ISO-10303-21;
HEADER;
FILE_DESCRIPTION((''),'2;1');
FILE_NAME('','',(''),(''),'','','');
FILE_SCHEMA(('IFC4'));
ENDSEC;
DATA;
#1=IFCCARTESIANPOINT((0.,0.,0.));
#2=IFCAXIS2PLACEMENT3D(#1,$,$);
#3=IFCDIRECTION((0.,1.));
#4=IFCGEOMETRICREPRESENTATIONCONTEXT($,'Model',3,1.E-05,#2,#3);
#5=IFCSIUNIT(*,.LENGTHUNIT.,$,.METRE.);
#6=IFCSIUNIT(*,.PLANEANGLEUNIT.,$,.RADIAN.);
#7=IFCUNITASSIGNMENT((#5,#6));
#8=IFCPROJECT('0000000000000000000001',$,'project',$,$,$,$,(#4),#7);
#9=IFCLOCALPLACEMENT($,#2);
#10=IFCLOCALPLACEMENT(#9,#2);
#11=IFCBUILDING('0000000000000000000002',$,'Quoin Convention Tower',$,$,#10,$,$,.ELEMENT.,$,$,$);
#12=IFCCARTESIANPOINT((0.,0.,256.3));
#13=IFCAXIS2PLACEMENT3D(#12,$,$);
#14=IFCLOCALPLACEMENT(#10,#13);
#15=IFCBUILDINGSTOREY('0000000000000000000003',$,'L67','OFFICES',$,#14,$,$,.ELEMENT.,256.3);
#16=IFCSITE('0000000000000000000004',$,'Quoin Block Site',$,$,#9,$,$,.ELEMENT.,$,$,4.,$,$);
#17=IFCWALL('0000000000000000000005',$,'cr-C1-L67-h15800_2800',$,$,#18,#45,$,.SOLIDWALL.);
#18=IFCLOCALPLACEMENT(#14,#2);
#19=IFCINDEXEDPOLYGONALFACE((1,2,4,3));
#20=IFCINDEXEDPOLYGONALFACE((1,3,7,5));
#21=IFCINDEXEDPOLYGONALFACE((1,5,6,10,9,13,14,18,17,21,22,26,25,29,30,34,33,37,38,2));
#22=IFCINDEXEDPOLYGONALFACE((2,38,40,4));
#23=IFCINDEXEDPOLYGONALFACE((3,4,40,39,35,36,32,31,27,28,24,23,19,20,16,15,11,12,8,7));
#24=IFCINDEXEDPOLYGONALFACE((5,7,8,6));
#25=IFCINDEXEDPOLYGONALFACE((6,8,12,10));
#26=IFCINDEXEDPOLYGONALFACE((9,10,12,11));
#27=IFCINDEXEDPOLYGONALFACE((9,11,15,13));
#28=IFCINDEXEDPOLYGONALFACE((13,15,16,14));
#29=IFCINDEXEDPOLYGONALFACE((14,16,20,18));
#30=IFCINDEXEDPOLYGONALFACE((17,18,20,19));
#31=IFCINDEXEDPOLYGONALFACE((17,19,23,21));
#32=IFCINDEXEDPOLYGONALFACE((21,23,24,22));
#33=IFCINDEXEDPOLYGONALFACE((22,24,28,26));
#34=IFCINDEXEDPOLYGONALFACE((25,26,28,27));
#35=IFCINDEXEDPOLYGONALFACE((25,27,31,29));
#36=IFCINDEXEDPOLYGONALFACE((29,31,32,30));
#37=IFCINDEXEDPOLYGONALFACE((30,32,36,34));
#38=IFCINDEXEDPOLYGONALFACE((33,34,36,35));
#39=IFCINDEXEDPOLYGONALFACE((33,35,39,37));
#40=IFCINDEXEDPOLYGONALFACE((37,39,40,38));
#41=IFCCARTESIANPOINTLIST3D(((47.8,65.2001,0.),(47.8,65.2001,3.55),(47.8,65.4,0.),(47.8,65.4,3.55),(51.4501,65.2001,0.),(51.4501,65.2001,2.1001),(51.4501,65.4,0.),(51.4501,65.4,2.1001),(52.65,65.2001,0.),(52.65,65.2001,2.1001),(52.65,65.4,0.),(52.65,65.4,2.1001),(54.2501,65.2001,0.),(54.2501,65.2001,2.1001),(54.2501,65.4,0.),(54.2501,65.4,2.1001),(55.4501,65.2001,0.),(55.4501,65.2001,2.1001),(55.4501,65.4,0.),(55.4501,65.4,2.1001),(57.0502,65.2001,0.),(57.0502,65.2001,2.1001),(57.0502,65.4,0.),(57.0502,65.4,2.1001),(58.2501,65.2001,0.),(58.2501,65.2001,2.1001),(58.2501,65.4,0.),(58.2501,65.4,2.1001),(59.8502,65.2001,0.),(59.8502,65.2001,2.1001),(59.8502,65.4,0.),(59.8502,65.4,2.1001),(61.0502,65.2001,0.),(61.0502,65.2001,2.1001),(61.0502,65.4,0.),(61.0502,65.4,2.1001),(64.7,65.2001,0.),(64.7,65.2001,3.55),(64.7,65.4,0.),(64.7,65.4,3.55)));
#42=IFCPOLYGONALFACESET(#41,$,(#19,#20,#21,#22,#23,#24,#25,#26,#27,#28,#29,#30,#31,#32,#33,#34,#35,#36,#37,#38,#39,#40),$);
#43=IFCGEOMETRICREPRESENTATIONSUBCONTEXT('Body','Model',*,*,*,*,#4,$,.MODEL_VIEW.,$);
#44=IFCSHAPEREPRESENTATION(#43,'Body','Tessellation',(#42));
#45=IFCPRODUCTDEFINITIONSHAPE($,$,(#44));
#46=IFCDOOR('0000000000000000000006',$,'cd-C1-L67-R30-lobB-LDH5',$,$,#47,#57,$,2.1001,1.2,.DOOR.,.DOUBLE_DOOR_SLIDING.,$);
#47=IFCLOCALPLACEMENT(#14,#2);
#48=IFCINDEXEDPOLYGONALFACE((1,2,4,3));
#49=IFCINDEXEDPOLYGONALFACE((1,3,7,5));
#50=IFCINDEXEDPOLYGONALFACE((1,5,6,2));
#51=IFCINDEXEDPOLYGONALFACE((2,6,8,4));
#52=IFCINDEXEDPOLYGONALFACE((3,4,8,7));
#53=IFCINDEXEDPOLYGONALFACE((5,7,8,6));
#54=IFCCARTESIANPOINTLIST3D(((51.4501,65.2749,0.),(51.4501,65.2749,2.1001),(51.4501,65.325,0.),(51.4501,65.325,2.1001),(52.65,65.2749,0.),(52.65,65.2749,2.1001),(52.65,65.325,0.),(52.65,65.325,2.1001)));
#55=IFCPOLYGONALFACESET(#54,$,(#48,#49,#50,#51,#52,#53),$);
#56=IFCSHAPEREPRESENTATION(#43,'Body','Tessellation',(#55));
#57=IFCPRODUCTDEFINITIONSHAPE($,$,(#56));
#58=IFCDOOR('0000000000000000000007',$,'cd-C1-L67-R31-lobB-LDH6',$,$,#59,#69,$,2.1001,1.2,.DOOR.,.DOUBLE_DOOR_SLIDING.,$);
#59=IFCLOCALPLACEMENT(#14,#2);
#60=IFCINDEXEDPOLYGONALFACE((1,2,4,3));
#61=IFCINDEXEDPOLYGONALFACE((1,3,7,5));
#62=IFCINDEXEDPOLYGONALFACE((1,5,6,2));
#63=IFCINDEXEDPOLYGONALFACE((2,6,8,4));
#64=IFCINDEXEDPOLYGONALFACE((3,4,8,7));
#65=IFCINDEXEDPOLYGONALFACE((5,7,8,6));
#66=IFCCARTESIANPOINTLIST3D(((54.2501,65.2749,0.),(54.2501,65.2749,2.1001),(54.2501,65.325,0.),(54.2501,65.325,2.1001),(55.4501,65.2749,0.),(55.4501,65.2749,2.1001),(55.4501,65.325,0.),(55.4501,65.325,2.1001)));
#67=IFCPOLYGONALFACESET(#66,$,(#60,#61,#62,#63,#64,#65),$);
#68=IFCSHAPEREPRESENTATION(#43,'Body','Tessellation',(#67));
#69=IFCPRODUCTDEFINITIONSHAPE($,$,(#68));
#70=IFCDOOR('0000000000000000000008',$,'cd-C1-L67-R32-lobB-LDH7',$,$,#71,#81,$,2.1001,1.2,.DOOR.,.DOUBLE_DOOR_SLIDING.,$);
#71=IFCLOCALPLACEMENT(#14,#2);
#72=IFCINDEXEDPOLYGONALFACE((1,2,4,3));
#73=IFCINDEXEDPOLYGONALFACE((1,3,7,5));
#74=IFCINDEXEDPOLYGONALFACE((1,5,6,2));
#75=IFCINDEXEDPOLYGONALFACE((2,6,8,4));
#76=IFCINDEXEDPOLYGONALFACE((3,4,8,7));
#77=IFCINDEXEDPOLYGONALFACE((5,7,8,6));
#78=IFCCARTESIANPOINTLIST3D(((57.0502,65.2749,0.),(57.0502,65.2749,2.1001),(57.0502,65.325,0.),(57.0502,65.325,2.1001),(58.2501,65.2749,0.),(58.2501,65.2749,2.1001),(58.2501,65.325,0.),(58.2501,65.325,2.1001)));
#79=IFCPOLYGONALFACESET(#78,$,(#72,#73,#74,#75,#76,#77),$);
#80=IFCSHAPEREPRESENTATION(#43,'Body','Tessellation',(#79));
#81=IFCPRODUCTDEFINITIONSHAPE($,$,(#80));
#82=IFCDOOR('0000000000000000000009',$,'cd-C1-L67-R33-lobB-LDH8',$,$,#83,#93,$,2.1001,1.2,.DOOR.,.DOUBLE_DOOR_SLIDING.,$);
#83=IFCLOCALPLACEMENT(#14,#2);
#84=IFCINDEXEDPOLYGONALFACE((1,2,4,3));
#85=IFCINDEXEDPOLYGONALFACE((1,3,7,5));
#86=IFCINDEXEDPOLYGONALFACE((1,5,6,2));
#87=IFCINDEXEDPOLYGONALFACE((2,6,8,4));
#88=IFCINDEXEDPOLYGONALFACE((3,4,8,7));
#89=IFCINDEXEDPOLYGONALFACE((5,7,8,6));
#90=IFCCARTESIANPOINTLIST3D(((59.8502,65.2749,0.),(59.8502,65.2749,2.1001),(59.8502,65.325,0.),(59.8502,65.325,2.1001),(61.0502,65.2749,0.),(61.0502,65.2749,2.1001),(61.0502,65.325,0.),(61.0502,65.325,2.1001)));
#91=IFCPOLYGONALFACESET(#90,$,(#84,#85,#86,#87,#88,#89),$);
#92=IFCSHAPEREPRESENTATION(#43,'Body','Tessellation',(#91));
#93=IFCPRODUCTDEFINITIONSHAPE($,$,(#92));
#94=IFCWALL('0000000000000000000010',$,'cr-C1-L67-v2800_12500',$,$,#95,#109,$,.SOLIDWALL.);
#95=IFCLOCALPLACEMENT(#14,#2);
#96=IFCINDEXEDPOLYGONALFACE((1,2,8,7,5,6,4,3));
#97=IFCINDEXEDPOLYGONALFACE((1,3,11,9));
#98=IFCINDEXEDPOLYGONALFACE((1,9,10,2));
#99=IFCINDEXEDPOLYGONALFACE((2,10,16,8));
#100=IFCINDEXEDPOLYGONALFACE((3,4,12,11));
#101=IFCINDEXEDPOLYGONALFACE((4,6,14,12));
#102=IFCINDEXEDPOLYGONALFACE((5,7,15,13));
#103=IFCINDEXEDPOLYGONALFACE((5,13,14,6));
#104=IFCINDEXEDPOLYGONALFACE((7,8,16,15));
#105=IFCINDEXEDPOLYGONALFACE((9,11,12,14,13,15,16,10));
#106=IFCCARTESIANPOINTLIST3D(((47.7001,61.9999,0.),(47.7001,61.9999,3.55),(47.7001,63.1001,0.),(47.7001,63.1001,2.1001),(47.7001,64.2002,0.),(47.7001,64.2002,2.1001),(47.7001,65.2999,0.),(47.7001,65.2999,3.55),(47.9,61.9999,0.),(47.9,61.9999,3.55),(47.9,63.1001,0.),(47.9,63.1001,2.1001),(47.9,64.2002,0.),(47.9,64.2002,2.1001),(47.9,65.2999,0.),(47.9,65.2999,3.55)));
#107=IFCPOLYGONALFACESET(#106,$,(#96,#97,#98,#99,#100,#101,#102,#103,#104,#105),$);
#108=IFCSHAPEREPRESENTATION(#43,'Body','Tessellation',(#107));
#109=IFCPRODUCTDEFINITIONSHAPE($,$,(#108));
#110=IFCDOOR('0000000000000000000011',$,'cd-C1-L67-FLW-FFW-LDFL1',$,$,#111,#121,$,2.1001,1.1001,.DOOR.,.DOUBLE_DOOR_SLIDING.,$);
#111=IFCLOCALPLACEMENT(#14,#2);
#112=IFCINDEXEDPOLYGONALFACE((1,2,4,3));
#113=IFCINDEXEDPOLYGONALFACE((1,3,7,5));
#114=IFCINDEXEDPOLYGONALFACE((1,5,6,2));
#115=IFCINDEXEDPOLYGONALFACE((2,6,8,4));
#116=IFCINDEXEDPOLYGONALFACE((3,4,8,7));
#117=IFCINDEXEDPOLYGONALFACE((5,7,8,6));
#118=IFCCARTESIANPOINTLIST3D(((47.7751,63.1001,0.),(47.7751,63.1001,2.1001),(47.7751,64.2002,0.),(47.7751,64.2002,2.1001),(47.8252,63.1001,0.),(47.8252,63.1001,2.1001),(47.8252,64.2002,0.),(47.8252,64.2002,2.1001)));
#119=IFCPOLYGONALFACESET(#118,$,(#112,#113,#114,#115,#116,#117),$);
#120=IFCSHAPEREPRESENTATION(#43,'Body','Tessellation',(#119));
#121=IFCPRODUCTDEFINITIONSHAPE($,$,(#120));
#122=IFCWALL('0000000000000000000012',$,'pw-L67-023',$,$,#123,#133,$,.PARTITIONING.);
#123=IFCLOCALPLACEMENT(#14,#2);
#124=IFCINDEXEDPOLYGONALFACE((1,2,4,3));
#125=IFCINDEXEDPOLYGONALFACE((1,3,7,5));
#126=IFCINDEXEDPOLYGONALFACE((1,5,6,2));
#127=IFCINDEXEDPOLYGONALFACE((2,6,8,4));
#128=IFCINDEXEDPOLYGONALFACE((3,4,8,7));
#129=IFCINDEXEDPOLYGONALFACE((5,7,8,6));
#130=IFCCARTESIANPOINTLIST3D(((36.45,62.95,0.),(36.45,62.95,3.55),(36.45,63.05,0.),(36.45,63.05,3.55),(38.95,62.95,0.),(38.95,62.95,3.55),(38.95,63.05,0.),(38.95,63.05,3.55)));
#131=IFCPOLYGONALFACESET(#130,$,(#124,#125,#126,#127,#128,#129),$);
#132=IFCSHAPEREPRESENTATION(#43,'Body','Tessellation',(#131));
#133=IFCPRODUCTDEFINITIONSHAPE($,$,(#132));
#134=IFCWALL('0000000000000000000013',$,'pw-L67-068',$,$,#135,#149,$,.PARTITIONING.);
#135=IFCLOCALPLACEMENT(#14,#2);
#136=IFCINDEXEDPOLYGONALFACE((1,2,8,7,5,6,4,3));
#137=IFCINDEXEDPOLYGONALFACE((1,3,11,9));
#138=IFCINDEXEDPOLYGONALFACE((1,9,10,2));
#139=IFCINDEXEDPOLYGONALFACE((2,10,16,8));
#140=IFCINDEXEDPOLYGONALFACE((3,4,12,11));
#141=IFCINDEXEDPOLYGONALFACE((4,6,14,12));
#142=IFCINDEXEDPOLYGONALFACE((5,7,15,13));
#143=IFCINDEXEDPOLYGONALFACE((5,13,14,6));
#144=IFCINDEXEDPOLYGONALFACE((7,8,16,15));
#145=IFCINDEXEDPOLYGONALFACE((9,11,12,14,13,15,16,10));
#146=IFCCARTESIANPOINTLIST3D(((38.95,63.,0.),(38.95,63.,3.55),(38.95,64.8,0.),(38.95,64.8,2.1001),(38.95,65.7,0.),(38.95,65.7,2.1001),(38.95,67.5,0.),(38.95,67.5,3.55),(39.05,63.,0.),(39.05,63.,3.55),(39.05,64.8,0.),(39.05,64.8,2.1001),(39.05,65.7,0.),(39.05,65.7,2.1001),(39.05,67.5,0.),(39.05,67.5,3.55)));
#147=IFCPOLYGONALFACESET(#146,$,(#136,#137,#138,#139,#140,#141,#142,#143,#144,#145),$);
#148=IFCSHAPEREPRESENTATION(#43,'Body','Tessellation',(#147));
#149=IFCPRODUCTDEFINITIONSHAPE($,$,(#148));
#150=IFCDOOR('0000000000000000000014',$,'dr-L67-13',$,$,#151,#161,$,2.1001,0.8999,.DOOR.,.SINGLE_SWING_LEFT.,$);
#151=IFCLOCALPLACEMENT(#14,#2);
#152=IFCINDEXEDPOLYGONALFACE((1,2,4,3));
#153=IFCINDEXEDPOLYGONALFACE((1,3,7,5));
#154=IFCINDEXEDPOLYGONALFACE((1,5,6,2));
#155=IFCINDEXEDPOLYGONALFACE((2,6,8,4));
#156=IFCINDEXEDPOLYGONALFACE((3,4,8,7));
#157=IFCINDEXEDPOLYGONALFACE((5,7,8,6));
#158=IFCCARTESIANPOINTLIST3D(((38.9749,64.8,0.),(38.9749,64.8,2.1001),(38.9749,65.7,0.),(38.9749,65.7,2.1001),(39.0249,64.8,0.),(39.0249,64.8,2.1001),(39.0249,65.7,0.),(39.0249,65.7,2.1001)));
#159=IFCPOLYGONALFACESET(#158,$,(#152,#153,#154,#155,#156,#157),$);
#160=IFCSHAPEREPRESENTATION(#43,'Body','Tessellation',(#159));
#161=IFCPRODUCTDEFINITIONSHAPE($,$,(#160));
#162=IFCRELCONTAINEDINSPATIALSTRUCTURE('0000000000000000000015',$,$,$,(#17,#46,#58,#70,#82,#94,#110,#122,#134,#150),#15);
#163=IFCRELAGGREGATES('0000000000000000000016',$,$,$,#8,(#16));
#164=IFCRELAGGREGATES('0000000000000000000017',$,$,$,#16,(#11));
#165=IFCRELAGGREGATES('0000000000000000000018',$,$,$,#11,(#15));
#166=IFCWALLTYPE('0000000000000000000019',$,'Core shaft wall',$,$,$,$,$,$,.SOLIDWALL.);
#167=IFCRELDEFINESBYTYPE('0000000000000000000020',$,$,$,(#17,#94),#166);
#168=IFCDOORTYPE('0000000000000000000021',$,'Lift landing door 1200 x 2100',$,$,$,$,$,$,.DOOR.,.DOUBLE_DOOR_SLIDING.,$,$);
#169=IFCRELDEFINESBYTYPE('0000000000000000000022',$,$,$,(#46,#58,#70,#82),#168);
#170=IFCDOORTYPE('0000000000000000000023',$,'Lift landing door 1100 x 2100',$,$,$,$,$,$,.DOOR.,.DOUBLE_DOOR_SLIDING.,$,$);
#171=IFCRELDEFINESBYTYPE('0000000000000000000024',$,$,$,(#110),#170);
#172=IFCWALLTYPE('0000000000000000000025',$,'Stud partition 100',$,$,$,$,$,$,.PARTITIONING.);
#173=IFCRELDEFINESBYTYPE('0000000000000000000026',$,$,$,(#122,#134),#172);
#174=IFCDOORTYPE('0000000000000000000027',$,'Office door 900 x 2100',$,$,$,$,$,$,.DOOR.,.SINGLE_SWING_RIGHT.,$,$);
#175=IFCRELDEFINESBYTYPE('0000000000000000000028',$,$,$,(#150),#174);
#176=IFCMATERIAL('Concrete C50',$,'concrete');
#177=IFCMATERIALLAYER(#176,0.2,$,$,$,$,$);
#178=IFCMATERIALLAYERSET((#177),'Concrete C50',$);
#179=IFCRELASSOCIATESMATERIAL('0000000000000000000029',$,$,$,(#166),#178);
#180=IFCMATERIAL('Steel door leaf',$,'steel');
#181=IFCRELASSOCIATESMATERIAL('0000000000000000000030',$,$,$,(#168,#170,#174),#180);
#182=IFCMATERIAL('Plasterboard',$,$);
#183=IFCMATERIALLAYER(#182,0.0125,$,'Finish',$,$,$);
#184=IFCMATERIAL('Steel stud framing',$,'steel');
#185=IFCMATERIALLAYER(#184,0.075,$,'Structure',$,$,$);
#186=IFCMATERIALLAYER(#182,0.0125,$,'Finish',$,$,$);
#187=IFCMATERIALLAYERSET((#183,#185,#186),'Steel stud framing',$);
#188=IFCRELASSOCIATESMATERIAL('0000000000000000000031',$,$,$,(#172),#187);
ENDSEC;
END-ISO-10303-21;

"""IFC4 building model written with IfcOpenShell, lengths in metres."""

from ifc_helpers import new_model, si_unit, direction, frame, frame_2d, origin, place, context, subcontext, project, spatial, rectangle, extrude, material, layer, layer_set, type_object, element, fill, save


model = new_model("IFC4")

# Units and contexts
model_context = context("Model", 3, precision=1e-05, world=origin(), true_north=direction((0.0, 1.0)))
body_context = subcontext(model_context, "Body", "Model", "MODEL_VIEW")
ifc_project = project(units=[si_unit("LENGTHUNIT", "METRE"), si_unit("PLANEANGLEUNIT", "RADIAN")], contexts=[model_context])

# Site, building, storey
site_placement = place(None, origin())
site = spatial("IfcSite", under=ifc_project, at=site_placement, Name="Quoin Block Site", CompositionType="ELEMENT", RefElevation=4.0)
building_placement = place(site_placement, origin())
building = spatial("IfcBuilding", under=site, at=building_placement, Name="Quoin Convention Tower", CompositionType="ELEMENT")
storey_placement = place(building_placement, frame((0.0, 0.0, 256.3)))
storey = spatial("IfcBuildingStorey", under=building, at=storey_placement, Name="L67", Description="OFFICES", CompositionType="ELEMENT", Elevation=256.3)

# Shared definitions
ifc_material_1 = material(Name="Plasterboard")
ifc_material_2 = material(Name="Steel stud framing", Category="steel")
ifc_material_3 = material(Name="Steel door leaf", Category="steel")

# Shared definitions
ifc_material_4 = material(Name="Concrete C50", Category="concrete")
ifc_layer_1 = layer(ifc_material_4, 0.2)
ifc_layer_set_1 = layer_set([ifc_layer_1], Name="Concrete C50")
wall_type_1 = type_object("IfcWallType", Name="Core shaft wall", PredefinedType="SOLIDWALL", material=ifc_layer_set_1)

# Wall, openings, doors
wall_1_placement = place(storey_placement, frame((47.8, 65.3, 0.0), z_axis=(0.0, 0.0, 1.0), x_axis=(1.0, 0.0, 0.0)))
wall_1 = element("IfcWall", 1, at=wall_1_placement, inside=storey, type_object=wall_type_1, Name="cr-C1-L67-h15800_2800", PredefinedType="SOLIDWALL", context=body_context, shape_type="SweptSolid", body=[
    extrude(rectangle(XDim=16.8999, YDim=0.2, at=frame_2d((8.45, 0.0))), origin(), (0.0, 0.0, 1.0), 3.55),
])
opening_1_placement = place(wall_1_placement, frame((3.6499, 0.0, 0.0)))
opening_1 = element("IfcOpeningElement", 2, at=opening_1_placement, cuts=wall_1, PredefinedType="OPENING", context=body_context, shape_type="SweptSolid", body=[
    extrude(rectangle(XDim=1.2, YDim=2.1001, at=frame_2d((0.6001, 1.05))), frame((0.0, 0.1099, 0.0), z_axis=(0.0, -1.0, 0.0), x_axis=(1.0, 0.0, 0.0)), (0.0, 0.0, 1.0), 0.22),
])
opening_2_placement = place(wall_1_placement, frame((6.45, 0.0, 0.0)))
opening_2 = element("IfcOpeningElement", 3, at=opening_2_placement, cuts=wall_1, PredefinedType="OPENING", context=body_context, shape_type="SweptSolid", body=[
    extrude(rectangle(XDim=1.2, YDim=2.1001, at=frame_2d((0.6001, 1.05))), frame((0.0, 0.1099, 0.0), z_axis=(0.0, -1.0, 0.0), x_axis=(1.0, 0.0, 0.0)), (0.0, 0.0, 1.0), 0.22),
])
opening_3_placement = place(wall_1_placement, frame((9.25, 0.0, 0.0)))
opening_3 = element("IfcOpeningElement", 4, at=opening_3_placement, cuts=wall_1, PredefinedType="OPENING", context=body_context, shape_type="SweptSolid", body=[
    extrude(rectangle(XDim=1.2, YDim=2.1001, at=frame_2d((0.6001, 1.05))), frame((0.0, 0.1099, 0.0), z_axis=(0.0, -1.0, 0.0), x_axis=(1.0, 0.0, 0.0)), (0.0, 0.0, 1.0), 0.22),
])
opening_4_placement = place(wall_1_placement, frame((12.05, 0.0, 0.0)))
opening_4 = element("IfcOpeningElement", 5, at=opening_4_placement, cuts=wall_1, PredefinedType="OPENING", context=body_context, shape_type="SweptSolid", body=[
    extrude(rectangle(XDim=1.2, YDim=2.1001, at=frame_2d((0.6001, 1.05))), frame((0.0, 0.1099, 0.0), z_axis=(0.0, -1.0, 0.0), x_axis=(1.0, 0.0, 0.0)), (0.0, 0.0, 1.0), 0.22),
])
door_type_1 = type_object("IfcDoorType", Name="Lift landing door 1200 x 2100", OperationType="DOUBLE_DOOR_SLIDING", PredefinedType="DOOR", material=ifc_material_3)
door_1_placement = place(opening_1_placement, origin())
door_1 = element("IfcDoor", 6, at=door_1_placement, inside=storey, type_object=door_type_1, Name="cd-C1-L67-R30-lobB-LDH5", OperationType="DOUBLE_DOOR_SLIDING", OverallHeight=2.1001, OverallWidth=1.2, PredefinedType="DOOR", context=body_context, shape_type="SweptSolid", body=[
    extrude(rectangle(XDim=1.2, YDim=2.1001, at=frame_2d((0.6001, 1.05))), frame((0.0, 0.0249, 0.0), z_axis=(0.0, -1.0, 0.0), x_axis=(1.0, 0.0, 0.0)), (0.0, 0.0, 1.0), 0.05),
])
fill(opening_1, door_1)
door_2_placement = place(opening_2_placement, origin())
door_2 = element("IfcDoor", 7, at=door_2_placement, inside=storey, type_object=door_type_1, Name="cd-C1-L67-R31-lobB-LDH6", OperationType="DOUBLE_DOOR_SLIDING", OverallHeight=2.1001, OverallWidth=1.2, PredefinedType="DOOR", context=body_context, shape_type="SweptSolid", body=[
    extrude(rectangle(XDim=1.2, YDim=2.1001, at=frame_2d((0.6001, 1.05))), frame((0.0, 0.0249, 0.0), z_axis=(0.0, -1.0, 0.0), x_axis=(1.0, 0.0, 0.0)), (0.0, 0.0, 1.0), 0.05),
])
fill(opening_2, door_2)
door_3_placement = place(opening_3_placement, origin())
door_3 = element("IfcDoor", 8, at=door_3_placement, inside=storey, type_object=door_type_1, Name="cd-C1-L67-R32-lobB-LDH7", OperationType="DOUBLE_DOOR_SLIDING", OverallHeight=2.1001, OverallWidth=1.2, PredefinedType="DOOR", context=body_context, shape_type="SweptSolid", body=[
    extrude(rectangle(XDim=1.2, YDim=2.1001, at=frame_2d((0.6001, 1.05))), frame((0.0, 0.0249, 0.0), z_axis=(0.0, -1.0, 0.0), x_axis=(1.0, 0.0, 0.0)), (0.0, 0.0, 1.0), 0.05),
])
fill(opening_3, door_3)
door_4_placement = place(opening_4_placement, origin())
door_4 = element("IfcDoor", 9, at=door_4_placement, inside=storey, type_object=door_type_1, Name="cd-C1-L67-R33-lobB-LDH8", OperationType="DOUBLE_DOOR_SLIDING", OverallHeight=2.1001, OverallWidth=1.2, PredefinedType="DOOR", context=body_context, shape_type="SweptSolid", body=[
    extrude(rectangle(XDim=1.2, YDim=2.1001, at=frame_2d((0.6001, 1.05))), frame((0.0, 0.0249, 0.0), z_axis=(0.0, -1.0, 0.0), x_axis=(1.0, 0.0, 0.0)), (0.0, 0.0, 1.0), 0.05),
])
fill(opening_4, door_4)

# Wall, opening, door
wall_2_placement = place(storey_placement, frame((47.8, 62.0, 0.0), z_axis=(0.0, 0.0, 1.0), x_axis=(0.0, 1.0, 0.0)))
wall_2 = element("IfcWall", 10, at=wall_2_placement, inside=storey, type_object=wall_type_1, Name="cr-C1-L67-v2800_12500", PredefinedType="SOLIDWALL", context=body_context, shape_type="SweptSolid", body=[
    extrude(rectangle(XDim=3.3, YDim=0.2, at=frame_2d((1.6499, 0.0))), origin(), (0.0, 0.0, 1.0), 3.55),
])
opening_5_placement = place(wall_2_placement, frame((1.1001, 0.0, 0.0)))
opening_5 = element("IfcOpeningElement", 11, at=opening_5_placement, cuts=wall_2, PredefinedType="OPENING", context=body_context, shape_type="SweptSolid", body=[
    extrude(rectangle(XDim=1.1001, YDim=2.1001, at=frame_2d((0.55, 1.05))), frame((0.0, 0.1099, 0.0), z_axis=(0.0, -1.0, 0.0), x_axis=(1.0, 0.0, 0.0)), (0.0, 0.0, 1.0), 0.22),
])
door_type_2 = type_object("IfcDoorType", Name="Lift landing door 1100 x 2100", OperationType="DOUBLE_DOOR_SLIDING", PredefinedType="DOOR", material=ifc_material_3)
door_5_placement = place(opening_5_placement, origin())
door_5 = element("IfcDoor", 12, at=door_5_placement, inside=storey, type_object=door_type_2, Name="cd-C1-L67-FLW-FFW-LDFL1", OperationType="DOUBLE_DOOR_SLIDING", OverallHeight=2.1001, OverallWidth=1.1001, PredefinedType="DOOR", context=body_context, shape_type="SweptSolid", body=[
    extrude(rectangle(XDim=1.1001, YDim=2.1001, at=frame_2d((0.55, 1.05))), frame((0.0, 0.0249, 0.0), z_axis=(0.0, -1.0, 0.0), x_axis=(1.0, 0.0, 0.0)), (0.0, 0.0, 1.0), 0.05),
])
fill(opening_5, door_5)

# Wall
ifc_layer_2 = layer(ifc_material_1, 0.0125, Name="Finish")
ifc_layer_3 = layer(ifc_material_2, 0.075, Name="Structure")
ifc_layer_4 = layer(ifc_material_1, 0.0125, Name="Finish")
ifc_layer_set_2 = layer_set([ifc_layer_2, ifc_layer_3, ifc_layer_4], Name="Steel stud framing")
wall_type_2 = type_object("IfcWallType", Name="Stud partition 100", PredefinedType="PARTITIONING", material=ifc_layer_set_2)
wall_3_placement = place(storey_placement, frame((36.45, 63.0, 0.0), z_axis=(0.0, 0.0, 1.0), x_axis=(1.0, 0.0, 0.0)))
element("IfcWall", 13, at=wall_3_placement, inside=storey, type_object=wall_type_2, Name="pw-L67-023", PredefinedType="PARTITIONING", context=body_context, shape_type="SweptSolid", body=[
    extrude(rectangle(XDim=2.5, YDim=0.1001, at=frame_2d((1.25, 0.0))), origin(), (0.0, 0.0, 1.0), 3.55),
])

# Wall, opening, door
wall_4_placement = place(storey_placement, frame((39.0, 63.0, 0.0), z_axis=(0.0, 0.0, 1.0), x_axis=(0.0, 1.0, 0.0)))
wall_4 = element("IfcWall", 14, at=wall_4_placement, inside=storey, type_object=wall_type_2, Name="pw-L67-068", PredefinedType="PARTITIONING", context=body_context, shape_type="SweptSolid", body=[
    extrude(rectangle(XDim=4.5, YDim=0.1001, at=frame_2d((2.25, 0.0))), origin(), (0.0, 0.0, 1.0), 3.55),
])
opening_6_placement = place(wall_4_placement, frame((1.8, 0.0, 0.0)))
opening_6 = element("IfcOpeningElement", 15, at=opening_6_placement, cuts=wall_4, PredefinedType="OPENING", context=body_context, shape_type="SweptSolid", body=[
    extrude(rectangle(XDim=0.8999, YDim=2.1001, at=frame_2d((0.45, 1.05))), frame((0.0, 0.0601, 0.0), z_axis=(0.0, -1.0, 0.0), x_axis=(1.0, 0.0, 0.0)), (0.0, 0.0, 1.0), 0.1201),
])
door_type_3 = type_object("IfcDoorType", Name="Office door 900 x 2100", OperationType="SINGLE_SWING_RIGHT", PredefinedType="DOOR", material=ifc_material_3)
door_6_placement = place(opening_6_placement, frame((0.8999, 0.0, 0.0), z_axis=(0.0, 0.0, 1.0), x_axis=(-1.0, 0.0, 0.0)))
door_6 = element("IfcDoor", 16, at=door_6_placement, inside=storey, type_object=door_type_3, Name="dr-L67-13", OperationType="SINGLE_SWING_LEFT", OverallHeight=2.1001, OverallWidth=0.8999, PredefinedType="DOOR", context=body_context, shape_type="SweptSolid", body=[
    extrude(rectangle(XDim=0.8999, YDim=2.1001, at=frame_2d((0.45, 1.05))), frame((0.0, 0.0249, 0.0), z_axis=(0.0, -1.0, 0.0), x_axis=(1.0, 0.0, 0.0)), (0.0, 0.0, 1.0), 0.05),
])
fill(opening_6, door_6)

save(model, "model.ifc")
